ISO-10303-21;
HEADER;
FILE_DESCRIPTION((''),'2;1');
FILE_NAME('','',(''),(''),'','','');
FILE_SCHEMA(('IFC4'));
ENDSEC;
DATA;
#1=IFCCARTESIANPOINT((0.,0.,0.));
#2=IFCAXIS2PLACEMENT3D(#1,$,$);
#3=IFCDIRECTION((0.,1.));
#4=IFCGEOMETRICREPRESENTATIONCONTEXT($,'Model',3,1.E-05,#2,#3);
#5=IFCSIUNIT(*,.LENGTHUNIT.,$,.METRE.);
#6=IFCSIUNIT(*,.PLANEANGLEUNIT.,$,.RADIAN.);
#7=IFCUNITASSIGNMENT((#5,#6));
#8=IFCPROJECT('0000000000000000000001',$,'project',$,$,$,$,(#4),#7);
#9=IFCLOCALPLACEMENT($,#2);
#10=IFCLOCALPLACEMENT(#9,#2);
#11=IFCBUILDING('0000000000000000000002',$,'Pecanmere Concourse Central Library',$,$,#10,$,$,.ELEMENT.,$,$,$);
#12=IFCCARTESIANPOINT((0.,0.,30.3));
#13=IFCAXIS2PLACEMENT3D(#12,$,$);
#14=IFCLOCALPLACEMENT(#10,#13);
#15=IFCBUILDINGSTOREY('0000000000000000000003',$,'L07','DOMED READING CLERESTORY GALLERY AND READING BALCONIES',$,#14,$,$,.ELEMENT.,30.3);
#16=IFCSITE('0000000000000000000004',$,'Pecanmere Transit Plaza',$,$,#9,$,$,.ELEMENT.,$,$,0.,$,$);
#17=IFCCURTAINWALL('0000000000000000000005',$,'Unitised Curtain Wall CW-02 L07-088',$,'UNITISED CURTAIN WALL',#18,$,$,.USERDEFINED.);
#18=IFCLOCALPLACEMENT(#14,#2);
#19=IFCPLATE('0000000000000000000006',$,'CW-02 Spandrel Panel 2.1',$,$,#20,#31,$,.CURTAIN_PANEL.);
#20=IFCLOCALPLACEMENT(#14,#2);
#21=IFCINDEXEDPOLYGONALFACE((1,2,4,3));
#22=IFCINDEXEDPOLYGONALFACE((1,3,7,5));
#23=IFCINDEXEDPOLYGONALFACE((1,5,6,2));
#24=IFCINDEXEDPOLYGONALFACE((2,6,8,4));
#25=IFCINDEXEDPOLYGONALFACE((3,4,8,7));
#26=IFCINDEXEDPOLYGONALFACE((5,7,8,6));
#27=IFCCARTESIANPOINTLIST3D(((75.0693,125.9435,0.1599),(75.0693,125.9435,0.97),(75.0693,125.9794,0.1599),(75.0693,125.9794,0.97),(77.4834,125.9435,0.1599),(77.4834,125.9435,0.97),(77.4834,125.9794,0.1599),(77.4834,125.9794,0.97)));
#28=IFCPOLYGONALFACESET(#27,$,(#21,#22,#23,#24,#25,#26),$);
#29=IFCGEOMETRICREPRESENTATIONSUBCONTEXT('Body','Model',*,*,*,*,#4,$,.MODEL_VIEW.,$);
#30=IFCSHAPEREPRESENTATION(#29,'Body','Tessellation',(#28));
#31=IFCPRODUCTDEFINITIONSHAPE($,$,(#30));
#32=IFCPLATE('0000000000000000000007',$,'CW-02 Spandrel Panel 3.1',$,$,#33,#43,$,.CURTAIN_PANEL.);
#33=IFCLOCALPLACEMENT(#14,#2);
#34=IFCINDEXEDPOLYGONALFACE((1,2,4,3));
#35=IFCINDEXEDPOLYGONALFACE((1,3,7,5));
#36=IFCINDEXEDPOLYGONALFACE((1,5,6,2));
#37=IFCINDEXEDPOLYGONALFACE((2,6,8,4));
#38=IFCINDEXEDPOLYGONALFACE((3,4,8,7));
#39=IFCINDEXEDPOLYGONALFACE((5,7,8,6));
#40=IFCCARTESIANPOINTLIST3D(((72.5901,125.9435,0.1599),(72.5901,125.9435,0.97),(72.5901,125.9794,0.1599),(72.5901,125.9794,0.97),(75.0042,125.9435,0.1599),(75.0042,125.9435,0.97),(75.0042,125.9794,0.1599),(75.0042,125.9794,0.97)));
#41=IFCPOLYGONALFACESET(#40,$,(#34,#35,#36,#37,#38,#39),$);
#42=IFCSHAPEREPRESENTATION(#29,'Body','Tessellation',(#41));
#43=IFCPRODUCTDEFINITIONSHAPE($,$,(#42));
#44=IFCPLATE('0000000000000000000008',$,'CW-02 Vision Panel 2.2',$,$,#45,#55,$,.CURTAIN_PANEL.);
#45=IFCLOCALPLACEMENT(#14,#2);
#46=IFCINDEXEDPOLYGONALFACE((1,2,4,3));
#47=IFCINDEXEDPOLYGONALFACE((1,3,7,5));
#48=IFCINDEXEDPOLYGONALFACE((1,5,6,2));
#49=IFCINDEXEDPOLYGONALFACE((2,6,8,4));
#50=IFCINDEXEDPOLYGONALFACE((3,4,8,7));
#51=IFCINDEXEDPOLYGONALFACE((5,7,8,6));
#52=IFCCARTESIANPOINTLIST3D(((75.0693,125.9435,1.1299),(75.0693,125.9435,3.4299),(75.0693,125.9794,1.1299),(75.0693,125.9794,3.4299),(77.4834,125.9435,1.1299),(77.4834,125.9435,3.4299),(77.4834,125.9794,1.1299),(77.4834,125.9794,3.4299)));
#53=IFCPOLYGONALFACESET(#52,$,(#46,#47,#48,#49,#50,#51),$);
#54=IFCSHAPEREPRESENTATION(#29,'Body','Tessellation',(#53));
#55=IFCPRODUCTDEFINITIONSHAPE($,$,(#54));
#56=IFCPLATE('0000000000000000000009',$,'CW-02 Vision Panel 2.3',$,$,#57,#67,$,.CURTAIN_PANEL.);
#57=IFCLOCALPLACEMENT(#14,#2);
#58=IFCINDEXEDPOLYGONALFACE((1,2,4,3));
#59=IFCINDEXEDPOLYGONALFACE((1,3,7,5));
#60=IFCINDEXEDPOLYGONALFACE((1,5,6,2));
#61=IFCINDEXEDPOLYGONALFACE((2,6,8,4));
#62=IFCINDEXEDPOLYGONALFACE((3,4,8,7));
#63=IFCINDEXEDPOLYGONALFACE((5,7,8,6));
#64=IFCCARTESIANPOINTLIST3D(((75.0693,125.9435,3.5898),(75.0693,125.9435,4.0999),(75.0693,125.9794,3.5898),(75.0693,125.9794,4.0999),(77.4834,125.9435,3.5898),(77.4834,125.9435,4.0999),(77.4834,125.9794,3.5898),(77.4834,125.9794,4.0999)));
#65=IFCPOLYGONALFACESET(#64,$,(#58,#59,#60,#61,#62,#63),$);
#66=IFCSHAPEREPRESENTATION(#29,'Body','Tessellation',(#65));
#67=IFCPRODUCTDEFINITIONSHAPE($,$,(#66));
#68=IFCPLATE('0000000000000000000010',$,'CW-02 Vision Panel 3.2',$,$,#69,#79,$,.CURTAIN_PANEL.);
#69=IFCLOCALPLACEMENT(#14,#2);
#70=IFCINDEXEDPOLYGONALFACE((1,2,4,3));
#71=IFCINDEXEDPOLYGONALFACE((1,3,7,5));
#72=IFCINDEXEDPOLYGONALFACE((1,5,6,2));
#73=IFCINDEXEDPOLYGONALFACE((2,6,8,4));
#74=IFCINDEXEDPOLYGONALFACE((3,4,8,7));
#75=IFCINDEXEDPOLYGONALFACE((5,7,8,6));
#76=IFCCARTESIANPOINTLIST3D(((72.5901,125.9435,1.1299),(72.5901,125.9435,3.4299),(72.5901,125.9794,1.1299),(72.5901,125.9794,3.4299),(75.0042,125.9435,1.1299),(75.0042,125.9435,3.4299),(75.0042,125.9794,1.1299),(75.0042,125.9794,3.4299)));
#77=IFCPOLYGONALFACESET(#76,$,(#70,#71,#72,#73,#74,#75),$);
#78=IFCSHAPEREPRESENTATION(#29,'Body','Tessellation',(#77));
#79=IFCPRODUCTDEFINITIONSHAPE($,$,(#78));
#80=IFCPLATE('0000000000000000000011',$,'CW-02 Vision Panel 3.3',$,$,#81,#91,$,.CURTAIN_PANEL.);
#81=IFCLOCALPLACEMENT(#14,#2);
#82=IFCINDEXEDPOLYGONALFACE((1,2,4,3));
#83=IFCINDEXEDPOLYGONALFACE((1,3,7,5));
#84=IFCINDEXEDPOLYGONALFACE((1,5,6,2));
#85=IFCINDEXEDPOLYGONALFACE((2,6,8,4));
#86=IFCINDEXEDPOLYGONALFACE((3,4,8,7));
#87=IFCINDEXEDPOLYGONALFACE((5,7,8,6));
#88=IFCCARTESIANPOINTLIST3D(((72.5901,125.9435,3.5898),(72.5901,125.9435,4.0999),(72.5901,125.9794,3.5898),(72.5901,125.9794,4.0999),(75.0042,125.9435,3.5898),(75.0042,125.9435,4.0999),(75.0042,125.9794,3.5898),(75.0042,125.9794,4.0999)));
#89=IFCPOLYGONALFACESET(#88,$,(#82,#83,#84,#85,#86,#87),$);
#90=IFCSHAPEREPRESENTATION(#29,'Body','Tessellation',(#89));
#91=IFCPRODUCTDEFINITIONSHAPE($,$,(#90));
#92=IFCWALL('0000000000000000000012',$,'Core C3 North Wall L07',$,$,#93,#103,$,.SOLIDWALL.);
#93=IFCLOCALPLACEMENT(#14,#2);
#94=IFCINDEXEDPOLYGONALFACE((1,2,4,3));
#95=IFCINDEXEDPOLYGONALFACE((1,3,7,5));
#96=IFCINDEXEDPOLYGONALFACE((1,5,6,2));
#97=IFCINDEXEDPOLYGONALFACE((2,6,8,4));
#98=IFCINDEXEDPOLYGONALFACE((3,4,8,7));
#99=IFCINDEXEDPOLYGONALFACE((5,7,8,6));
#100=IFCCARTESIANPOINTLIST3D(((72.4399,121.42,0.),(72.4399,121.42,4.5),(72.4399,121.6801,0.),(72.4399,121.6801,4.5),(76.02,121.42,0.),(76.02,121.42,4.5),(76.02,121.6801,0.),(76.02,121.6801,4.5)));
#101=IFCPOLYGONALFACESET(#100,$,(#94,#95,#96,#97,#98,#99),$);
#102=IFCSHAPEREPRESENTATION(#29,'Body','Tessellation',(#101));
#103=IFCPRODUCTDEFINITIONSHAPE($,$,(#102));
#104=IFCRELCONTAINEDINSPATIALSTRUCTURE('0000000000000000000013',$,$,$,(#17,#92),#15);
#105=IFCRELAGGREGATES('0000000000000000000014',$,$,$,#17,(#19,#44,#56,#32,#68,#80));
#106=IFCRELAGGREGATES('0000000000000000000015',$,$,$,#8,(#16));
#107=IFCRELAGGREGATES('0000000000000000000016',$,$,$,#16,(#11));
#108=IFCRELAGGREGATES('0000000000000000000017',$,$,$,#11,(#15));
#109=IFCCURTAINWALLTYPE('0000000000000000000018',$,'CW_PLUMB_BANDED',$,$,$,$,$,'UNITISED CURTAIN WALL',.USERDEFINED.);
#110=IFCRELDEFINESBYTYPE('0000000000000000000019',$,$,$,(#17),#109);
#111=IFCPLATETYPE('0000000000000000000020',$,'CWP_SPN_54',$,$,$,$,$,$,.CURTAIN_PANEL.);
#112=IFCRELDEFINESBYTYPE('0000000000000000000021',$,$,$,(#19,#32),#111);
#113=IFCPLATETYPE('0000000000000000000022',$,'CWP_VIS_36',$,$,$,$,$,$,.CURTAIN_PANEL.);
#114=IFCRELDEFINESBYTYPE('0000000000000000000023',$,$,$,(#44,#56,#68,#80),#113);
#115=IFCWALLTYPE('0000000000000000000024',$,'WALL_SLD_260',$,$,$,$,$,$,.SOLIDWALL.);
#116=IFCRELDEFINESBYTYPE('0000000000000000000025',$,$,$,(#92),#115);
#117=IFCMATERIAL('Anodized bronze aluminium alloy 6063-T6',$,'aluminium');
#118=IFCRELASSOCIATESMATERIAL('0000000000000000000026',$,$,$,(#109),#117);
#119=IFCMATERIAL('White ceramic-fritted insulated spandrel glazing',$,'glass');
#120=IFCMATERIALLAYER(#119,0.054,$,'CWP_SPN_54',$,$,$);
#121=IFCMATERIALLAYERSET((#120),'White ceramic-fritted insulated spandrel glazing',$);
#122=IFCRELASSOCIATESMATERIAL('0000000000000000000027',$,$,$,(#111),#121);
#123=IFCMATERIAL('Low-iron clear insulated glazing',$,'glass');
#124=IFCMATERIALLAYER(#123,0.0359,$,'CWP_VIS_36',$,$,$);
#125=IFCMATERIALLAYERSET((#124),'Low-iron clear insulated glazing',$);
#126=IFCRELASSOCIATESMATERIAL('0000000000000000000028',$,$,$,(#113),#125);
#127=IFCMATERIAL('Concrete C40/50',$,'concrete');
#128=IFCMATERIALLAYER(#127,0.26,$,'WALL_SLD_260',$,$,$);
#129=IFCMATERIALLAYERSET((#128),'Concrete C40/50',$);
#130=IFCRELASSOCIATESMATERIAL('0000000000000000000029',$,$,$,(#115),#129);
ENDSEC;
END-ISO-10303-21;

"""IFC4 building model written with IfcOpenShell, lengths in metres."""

from ifc_helpers import new_model, si_unit, direction, frame, frame_2d, origin, origin_2d, place, context, subcontext, project, spatial, rectangle, extrude, material, layer, layer_set, type_object, element, aggregate, save


model = new_model("IFC4")

# Units and contexts
model_context = context("Model", 3, precision=1e-05, world=origin(), true_north=direction((0.0, 1.0)))
body_context = subcontext(model_context, "Body", "Model", "MODEL_VIEW")
ifc_project = project(units=[si_unit("LENGTHUNIT", "METRE"), si_unit("PLANEANGLEUNIT", "RADIAN")], contexts=[model_context])

# Site, building, storey
site_placement = place(None, origin())
site = spatial("IfcSite", under=ifc_project, at=site_placement, Name="Pecanmere Transit Plaza", CompositionType="ELEMENT", RefElevation=0.0)
building_placement = place(site_placement, origin())
building = spatial("IfcBuilding", under=site, at=building_placement, Name="Pecanmere Concourse Central Library", CompositionType="ELEMENT")
storey_placement = place(building_placement, frame((0.0, 0.0, 30.3)))
storey = spatial("IfcBuildingStorey", under=building, at=storey_placement, Name="L07", Description="DOMED READING CLERESTORY GALLERY AND READING BALCONIES", CompositionType="ELEMENT", Elevation=30.3)

# Curtain wall, plates
ifc_material_1 = material(Name="Anodized bronze aluminium alloy 6063-T6", Category="aluminium")
curtain_wall_type = type_object("IfcCurtainWallType", Name="CW_PLUMB_BANDED", ElementType="UNITISED CURTAIN WALL", PredefinedType="USERDEFINED", material=ifc_material_1)
curtain_wall_placement = place(storey_placement, origin())
curtain_wall = element("IfcCurtainWall", 1, at=curtain_wall_placement, inside=storey, type_object=curtain_wall_type, Name="Unitised Curtain Wall CW-02 L07-088", ObjectType="UNITISED CURTAIN WALL", PredefinedType="USERDEFINED")
ifc_material_2 = material(Name="White ceramic-fritted insulated spandrel glazing", Category="glass")
ifc_layer_1 = layer(ifc_material_2, 0.054, Name="CWP_SPN_54")
ifc_layer_set_1 = layer_set([ifc_layer_1], Name="White ceramic-fritted insulated spandrel glazing")
plate_type_1 = type_object("IfcPlateType", Name="CWP_SPN_54", PredefinedType="CURTAIN_PANEL", material=ifc_layer_set_1)
plate_1_placement = place(storey_placement, frame((76.2764, 125.9614, 0.1599), z_axis=(0.0, 0.0, 1.0), x_axis=(-1.0, 0.0, 0.0)))
plate_1 = element("IfcPlate", 2, at=plate_1_placement, type_object=plate_type_1, Name="CW-02 Spandrel Panel 2.1", PredefinedType="CURTAIN_PANEL", context=body_context, shape_type="SweptSolid", body=[
    extrude(rectangle(XDim=2.4141, YDim=0.0359, at=origin_2d()), origin(), (0.0, 0.0, 1.0), 0.8101),
])
plate_2_placement = place(storey_placement, frame((73.7971, 125.9614, 0.1599), z_axis=(0.0, 0.0, 1.0), x_axis=(-1.0, 0.0, 0.0)))
plate_2 = element("IfcPlate", 3, at=plate_2_placement, type_object=plate_type_1, Name="CW-02 Spandrel Panel 3.1", PredefinedType="CURTAIN_PANEL", context=body_context, shape_type="SweptSolid", body=[
    extrude(rectangle(XDim=2.4141, YDim=0.0359, at=origin_2d()), origin(), (0.0, 0.0, 1.0), 0.8101),
])
ifc_material_3 = material(Name="Low-iron clear insulated glazing", Category="glass")
ifc_layer_2 = layer(ifc_material_3, 0.0359, Name="CWP_VIS_36")
ifc_layer_set_2 = layer_set([ifc_layer_2], Name="Low-iron clear insulated glazing")
plate_type_2 = type_object("IfcPlateType", Name="CWP_VIS_36", PredefinedType="CURTAIN_PANEL", material=ifc_layer_set_2)
plate_3_placement = place(storey_placement, frame((76.2764, 125.9614, 1.1299), z_axis=(0.0, 0.0, 1.0), x_axis=(-1.0, 0.0, 0.0)))
plate_3 = element("IfcPlate", 4, at=plate_3_placement, type_object=plate_type_2, Name="CW-02 Vision Panel 2.2", PredefinedType="CURTAIN_PANEL", context=body_context, shape_type="SweptSolid", body=[
    extrude(rectangle(XDim=2.4141, YDim=0.0359, at=origin_2d()), origin(), (0.0, 0.0, 1.0), 2.3),
])
plate_4_placement = place(storey_placement, frame((76.2764, 125.9614, 3.5898), z_axis=(0.0, 0.0, 1.0), x_axis=(-1.0, 0.0, 0.0)))
plate_4 = element("IfcPlate", 5, at=plate_4_placement, type_object=plate_type_2, Name="CW-02 Vision Panel 2.3", PredefinedType="CURTAIN_PANEL", context=body_context, shape_type="SweptSolid", body=[
    extrude(rectangle(XDim=2.4141, YDim=0.0359, at=origin_2d()), origin(), (0.0, 0.0, 1.0), 0.51),
])
plate_5_placement = place(storey_placement, frame((73.7971, 125.9614, 1.1299), z_axis=(0.0, 0.0, 1.0), x_axis=(-1.0, 0.0, 0.0)))
plate_5 = element("IfcPlate", 6, at=plate_5_placement, type_object=plate_type_2, Name="CW-02 Vision Panel 3.2", PredefinedType="CURTAIN_PANEL", context=body_context, shape_type="SweptSolid", body=[
    extrude(rectangle(XDim=2.4141, YDim=0.0359, at=origin_2d()), origin(), (0.0, 0.0, 1.0), 2.3),
])
plate_6_placement = place(storey_placement, frame((73.7971, 125.9614, 3.5898), z_axis=(0.0, 0.0, 1.0), x_axis=(-1.0, 0.0, 0.0)))
plate_6 = element("IfcPlate", 7, at=plate_6_placement, type_object=plate_type_2, Name="CW-02 Vision Panel 3.3", PredefinedType="CURTAIN_PANEL", context=body_context, shape_type="SweptSolid", body=[
    extrude(rectangle(XDim=2.4141, YDim=0.0359, at=origin_2d()), origin(), (0.0, 0.0, 1.0), 0.51),
])
aggregate(curtain_wall, [plate_1, plate_3, plate_4, plate_2, plate_5, plate_6])

# Wall
ifc_material_4 = material(Name="Concrete C40/50", Category="concrete")
ifc_layer_3 = layer(ifc_material_4, 0.26, Name="WALL_SLD_260")
ifc_layer_set_3 = layer_set([ifc_layer_3], Name="Concrete C40/50")
wall_type = type_object("IfcWallType", Name="WALL_SLD_260", PredefinedType="SOLIDWALL", material=ifc_layer_set_3)
wall_placement = place(storey_placement, frame((72.4399, 121.55, 0.0), z_axis=(0.0, 0.0, 1.0), x_axis=(1.0, 0.0, 0.0)))
element("IfcWall", 8, at=wall_placement, inside=storey, type_object=wall_type, Name="Core C3 North Wall L07", PredefinedType="SOLIDWALL", context=body_context, shape_type="SweptSolid", body=[
    extrude(rectangle(XDim=3.5801, YDim=0.26, at=frame_2d((1.79, 0.0))), origin(), (0.0, 0.0, 1.0), 4.5),
])

save(model, "model.ifc")
